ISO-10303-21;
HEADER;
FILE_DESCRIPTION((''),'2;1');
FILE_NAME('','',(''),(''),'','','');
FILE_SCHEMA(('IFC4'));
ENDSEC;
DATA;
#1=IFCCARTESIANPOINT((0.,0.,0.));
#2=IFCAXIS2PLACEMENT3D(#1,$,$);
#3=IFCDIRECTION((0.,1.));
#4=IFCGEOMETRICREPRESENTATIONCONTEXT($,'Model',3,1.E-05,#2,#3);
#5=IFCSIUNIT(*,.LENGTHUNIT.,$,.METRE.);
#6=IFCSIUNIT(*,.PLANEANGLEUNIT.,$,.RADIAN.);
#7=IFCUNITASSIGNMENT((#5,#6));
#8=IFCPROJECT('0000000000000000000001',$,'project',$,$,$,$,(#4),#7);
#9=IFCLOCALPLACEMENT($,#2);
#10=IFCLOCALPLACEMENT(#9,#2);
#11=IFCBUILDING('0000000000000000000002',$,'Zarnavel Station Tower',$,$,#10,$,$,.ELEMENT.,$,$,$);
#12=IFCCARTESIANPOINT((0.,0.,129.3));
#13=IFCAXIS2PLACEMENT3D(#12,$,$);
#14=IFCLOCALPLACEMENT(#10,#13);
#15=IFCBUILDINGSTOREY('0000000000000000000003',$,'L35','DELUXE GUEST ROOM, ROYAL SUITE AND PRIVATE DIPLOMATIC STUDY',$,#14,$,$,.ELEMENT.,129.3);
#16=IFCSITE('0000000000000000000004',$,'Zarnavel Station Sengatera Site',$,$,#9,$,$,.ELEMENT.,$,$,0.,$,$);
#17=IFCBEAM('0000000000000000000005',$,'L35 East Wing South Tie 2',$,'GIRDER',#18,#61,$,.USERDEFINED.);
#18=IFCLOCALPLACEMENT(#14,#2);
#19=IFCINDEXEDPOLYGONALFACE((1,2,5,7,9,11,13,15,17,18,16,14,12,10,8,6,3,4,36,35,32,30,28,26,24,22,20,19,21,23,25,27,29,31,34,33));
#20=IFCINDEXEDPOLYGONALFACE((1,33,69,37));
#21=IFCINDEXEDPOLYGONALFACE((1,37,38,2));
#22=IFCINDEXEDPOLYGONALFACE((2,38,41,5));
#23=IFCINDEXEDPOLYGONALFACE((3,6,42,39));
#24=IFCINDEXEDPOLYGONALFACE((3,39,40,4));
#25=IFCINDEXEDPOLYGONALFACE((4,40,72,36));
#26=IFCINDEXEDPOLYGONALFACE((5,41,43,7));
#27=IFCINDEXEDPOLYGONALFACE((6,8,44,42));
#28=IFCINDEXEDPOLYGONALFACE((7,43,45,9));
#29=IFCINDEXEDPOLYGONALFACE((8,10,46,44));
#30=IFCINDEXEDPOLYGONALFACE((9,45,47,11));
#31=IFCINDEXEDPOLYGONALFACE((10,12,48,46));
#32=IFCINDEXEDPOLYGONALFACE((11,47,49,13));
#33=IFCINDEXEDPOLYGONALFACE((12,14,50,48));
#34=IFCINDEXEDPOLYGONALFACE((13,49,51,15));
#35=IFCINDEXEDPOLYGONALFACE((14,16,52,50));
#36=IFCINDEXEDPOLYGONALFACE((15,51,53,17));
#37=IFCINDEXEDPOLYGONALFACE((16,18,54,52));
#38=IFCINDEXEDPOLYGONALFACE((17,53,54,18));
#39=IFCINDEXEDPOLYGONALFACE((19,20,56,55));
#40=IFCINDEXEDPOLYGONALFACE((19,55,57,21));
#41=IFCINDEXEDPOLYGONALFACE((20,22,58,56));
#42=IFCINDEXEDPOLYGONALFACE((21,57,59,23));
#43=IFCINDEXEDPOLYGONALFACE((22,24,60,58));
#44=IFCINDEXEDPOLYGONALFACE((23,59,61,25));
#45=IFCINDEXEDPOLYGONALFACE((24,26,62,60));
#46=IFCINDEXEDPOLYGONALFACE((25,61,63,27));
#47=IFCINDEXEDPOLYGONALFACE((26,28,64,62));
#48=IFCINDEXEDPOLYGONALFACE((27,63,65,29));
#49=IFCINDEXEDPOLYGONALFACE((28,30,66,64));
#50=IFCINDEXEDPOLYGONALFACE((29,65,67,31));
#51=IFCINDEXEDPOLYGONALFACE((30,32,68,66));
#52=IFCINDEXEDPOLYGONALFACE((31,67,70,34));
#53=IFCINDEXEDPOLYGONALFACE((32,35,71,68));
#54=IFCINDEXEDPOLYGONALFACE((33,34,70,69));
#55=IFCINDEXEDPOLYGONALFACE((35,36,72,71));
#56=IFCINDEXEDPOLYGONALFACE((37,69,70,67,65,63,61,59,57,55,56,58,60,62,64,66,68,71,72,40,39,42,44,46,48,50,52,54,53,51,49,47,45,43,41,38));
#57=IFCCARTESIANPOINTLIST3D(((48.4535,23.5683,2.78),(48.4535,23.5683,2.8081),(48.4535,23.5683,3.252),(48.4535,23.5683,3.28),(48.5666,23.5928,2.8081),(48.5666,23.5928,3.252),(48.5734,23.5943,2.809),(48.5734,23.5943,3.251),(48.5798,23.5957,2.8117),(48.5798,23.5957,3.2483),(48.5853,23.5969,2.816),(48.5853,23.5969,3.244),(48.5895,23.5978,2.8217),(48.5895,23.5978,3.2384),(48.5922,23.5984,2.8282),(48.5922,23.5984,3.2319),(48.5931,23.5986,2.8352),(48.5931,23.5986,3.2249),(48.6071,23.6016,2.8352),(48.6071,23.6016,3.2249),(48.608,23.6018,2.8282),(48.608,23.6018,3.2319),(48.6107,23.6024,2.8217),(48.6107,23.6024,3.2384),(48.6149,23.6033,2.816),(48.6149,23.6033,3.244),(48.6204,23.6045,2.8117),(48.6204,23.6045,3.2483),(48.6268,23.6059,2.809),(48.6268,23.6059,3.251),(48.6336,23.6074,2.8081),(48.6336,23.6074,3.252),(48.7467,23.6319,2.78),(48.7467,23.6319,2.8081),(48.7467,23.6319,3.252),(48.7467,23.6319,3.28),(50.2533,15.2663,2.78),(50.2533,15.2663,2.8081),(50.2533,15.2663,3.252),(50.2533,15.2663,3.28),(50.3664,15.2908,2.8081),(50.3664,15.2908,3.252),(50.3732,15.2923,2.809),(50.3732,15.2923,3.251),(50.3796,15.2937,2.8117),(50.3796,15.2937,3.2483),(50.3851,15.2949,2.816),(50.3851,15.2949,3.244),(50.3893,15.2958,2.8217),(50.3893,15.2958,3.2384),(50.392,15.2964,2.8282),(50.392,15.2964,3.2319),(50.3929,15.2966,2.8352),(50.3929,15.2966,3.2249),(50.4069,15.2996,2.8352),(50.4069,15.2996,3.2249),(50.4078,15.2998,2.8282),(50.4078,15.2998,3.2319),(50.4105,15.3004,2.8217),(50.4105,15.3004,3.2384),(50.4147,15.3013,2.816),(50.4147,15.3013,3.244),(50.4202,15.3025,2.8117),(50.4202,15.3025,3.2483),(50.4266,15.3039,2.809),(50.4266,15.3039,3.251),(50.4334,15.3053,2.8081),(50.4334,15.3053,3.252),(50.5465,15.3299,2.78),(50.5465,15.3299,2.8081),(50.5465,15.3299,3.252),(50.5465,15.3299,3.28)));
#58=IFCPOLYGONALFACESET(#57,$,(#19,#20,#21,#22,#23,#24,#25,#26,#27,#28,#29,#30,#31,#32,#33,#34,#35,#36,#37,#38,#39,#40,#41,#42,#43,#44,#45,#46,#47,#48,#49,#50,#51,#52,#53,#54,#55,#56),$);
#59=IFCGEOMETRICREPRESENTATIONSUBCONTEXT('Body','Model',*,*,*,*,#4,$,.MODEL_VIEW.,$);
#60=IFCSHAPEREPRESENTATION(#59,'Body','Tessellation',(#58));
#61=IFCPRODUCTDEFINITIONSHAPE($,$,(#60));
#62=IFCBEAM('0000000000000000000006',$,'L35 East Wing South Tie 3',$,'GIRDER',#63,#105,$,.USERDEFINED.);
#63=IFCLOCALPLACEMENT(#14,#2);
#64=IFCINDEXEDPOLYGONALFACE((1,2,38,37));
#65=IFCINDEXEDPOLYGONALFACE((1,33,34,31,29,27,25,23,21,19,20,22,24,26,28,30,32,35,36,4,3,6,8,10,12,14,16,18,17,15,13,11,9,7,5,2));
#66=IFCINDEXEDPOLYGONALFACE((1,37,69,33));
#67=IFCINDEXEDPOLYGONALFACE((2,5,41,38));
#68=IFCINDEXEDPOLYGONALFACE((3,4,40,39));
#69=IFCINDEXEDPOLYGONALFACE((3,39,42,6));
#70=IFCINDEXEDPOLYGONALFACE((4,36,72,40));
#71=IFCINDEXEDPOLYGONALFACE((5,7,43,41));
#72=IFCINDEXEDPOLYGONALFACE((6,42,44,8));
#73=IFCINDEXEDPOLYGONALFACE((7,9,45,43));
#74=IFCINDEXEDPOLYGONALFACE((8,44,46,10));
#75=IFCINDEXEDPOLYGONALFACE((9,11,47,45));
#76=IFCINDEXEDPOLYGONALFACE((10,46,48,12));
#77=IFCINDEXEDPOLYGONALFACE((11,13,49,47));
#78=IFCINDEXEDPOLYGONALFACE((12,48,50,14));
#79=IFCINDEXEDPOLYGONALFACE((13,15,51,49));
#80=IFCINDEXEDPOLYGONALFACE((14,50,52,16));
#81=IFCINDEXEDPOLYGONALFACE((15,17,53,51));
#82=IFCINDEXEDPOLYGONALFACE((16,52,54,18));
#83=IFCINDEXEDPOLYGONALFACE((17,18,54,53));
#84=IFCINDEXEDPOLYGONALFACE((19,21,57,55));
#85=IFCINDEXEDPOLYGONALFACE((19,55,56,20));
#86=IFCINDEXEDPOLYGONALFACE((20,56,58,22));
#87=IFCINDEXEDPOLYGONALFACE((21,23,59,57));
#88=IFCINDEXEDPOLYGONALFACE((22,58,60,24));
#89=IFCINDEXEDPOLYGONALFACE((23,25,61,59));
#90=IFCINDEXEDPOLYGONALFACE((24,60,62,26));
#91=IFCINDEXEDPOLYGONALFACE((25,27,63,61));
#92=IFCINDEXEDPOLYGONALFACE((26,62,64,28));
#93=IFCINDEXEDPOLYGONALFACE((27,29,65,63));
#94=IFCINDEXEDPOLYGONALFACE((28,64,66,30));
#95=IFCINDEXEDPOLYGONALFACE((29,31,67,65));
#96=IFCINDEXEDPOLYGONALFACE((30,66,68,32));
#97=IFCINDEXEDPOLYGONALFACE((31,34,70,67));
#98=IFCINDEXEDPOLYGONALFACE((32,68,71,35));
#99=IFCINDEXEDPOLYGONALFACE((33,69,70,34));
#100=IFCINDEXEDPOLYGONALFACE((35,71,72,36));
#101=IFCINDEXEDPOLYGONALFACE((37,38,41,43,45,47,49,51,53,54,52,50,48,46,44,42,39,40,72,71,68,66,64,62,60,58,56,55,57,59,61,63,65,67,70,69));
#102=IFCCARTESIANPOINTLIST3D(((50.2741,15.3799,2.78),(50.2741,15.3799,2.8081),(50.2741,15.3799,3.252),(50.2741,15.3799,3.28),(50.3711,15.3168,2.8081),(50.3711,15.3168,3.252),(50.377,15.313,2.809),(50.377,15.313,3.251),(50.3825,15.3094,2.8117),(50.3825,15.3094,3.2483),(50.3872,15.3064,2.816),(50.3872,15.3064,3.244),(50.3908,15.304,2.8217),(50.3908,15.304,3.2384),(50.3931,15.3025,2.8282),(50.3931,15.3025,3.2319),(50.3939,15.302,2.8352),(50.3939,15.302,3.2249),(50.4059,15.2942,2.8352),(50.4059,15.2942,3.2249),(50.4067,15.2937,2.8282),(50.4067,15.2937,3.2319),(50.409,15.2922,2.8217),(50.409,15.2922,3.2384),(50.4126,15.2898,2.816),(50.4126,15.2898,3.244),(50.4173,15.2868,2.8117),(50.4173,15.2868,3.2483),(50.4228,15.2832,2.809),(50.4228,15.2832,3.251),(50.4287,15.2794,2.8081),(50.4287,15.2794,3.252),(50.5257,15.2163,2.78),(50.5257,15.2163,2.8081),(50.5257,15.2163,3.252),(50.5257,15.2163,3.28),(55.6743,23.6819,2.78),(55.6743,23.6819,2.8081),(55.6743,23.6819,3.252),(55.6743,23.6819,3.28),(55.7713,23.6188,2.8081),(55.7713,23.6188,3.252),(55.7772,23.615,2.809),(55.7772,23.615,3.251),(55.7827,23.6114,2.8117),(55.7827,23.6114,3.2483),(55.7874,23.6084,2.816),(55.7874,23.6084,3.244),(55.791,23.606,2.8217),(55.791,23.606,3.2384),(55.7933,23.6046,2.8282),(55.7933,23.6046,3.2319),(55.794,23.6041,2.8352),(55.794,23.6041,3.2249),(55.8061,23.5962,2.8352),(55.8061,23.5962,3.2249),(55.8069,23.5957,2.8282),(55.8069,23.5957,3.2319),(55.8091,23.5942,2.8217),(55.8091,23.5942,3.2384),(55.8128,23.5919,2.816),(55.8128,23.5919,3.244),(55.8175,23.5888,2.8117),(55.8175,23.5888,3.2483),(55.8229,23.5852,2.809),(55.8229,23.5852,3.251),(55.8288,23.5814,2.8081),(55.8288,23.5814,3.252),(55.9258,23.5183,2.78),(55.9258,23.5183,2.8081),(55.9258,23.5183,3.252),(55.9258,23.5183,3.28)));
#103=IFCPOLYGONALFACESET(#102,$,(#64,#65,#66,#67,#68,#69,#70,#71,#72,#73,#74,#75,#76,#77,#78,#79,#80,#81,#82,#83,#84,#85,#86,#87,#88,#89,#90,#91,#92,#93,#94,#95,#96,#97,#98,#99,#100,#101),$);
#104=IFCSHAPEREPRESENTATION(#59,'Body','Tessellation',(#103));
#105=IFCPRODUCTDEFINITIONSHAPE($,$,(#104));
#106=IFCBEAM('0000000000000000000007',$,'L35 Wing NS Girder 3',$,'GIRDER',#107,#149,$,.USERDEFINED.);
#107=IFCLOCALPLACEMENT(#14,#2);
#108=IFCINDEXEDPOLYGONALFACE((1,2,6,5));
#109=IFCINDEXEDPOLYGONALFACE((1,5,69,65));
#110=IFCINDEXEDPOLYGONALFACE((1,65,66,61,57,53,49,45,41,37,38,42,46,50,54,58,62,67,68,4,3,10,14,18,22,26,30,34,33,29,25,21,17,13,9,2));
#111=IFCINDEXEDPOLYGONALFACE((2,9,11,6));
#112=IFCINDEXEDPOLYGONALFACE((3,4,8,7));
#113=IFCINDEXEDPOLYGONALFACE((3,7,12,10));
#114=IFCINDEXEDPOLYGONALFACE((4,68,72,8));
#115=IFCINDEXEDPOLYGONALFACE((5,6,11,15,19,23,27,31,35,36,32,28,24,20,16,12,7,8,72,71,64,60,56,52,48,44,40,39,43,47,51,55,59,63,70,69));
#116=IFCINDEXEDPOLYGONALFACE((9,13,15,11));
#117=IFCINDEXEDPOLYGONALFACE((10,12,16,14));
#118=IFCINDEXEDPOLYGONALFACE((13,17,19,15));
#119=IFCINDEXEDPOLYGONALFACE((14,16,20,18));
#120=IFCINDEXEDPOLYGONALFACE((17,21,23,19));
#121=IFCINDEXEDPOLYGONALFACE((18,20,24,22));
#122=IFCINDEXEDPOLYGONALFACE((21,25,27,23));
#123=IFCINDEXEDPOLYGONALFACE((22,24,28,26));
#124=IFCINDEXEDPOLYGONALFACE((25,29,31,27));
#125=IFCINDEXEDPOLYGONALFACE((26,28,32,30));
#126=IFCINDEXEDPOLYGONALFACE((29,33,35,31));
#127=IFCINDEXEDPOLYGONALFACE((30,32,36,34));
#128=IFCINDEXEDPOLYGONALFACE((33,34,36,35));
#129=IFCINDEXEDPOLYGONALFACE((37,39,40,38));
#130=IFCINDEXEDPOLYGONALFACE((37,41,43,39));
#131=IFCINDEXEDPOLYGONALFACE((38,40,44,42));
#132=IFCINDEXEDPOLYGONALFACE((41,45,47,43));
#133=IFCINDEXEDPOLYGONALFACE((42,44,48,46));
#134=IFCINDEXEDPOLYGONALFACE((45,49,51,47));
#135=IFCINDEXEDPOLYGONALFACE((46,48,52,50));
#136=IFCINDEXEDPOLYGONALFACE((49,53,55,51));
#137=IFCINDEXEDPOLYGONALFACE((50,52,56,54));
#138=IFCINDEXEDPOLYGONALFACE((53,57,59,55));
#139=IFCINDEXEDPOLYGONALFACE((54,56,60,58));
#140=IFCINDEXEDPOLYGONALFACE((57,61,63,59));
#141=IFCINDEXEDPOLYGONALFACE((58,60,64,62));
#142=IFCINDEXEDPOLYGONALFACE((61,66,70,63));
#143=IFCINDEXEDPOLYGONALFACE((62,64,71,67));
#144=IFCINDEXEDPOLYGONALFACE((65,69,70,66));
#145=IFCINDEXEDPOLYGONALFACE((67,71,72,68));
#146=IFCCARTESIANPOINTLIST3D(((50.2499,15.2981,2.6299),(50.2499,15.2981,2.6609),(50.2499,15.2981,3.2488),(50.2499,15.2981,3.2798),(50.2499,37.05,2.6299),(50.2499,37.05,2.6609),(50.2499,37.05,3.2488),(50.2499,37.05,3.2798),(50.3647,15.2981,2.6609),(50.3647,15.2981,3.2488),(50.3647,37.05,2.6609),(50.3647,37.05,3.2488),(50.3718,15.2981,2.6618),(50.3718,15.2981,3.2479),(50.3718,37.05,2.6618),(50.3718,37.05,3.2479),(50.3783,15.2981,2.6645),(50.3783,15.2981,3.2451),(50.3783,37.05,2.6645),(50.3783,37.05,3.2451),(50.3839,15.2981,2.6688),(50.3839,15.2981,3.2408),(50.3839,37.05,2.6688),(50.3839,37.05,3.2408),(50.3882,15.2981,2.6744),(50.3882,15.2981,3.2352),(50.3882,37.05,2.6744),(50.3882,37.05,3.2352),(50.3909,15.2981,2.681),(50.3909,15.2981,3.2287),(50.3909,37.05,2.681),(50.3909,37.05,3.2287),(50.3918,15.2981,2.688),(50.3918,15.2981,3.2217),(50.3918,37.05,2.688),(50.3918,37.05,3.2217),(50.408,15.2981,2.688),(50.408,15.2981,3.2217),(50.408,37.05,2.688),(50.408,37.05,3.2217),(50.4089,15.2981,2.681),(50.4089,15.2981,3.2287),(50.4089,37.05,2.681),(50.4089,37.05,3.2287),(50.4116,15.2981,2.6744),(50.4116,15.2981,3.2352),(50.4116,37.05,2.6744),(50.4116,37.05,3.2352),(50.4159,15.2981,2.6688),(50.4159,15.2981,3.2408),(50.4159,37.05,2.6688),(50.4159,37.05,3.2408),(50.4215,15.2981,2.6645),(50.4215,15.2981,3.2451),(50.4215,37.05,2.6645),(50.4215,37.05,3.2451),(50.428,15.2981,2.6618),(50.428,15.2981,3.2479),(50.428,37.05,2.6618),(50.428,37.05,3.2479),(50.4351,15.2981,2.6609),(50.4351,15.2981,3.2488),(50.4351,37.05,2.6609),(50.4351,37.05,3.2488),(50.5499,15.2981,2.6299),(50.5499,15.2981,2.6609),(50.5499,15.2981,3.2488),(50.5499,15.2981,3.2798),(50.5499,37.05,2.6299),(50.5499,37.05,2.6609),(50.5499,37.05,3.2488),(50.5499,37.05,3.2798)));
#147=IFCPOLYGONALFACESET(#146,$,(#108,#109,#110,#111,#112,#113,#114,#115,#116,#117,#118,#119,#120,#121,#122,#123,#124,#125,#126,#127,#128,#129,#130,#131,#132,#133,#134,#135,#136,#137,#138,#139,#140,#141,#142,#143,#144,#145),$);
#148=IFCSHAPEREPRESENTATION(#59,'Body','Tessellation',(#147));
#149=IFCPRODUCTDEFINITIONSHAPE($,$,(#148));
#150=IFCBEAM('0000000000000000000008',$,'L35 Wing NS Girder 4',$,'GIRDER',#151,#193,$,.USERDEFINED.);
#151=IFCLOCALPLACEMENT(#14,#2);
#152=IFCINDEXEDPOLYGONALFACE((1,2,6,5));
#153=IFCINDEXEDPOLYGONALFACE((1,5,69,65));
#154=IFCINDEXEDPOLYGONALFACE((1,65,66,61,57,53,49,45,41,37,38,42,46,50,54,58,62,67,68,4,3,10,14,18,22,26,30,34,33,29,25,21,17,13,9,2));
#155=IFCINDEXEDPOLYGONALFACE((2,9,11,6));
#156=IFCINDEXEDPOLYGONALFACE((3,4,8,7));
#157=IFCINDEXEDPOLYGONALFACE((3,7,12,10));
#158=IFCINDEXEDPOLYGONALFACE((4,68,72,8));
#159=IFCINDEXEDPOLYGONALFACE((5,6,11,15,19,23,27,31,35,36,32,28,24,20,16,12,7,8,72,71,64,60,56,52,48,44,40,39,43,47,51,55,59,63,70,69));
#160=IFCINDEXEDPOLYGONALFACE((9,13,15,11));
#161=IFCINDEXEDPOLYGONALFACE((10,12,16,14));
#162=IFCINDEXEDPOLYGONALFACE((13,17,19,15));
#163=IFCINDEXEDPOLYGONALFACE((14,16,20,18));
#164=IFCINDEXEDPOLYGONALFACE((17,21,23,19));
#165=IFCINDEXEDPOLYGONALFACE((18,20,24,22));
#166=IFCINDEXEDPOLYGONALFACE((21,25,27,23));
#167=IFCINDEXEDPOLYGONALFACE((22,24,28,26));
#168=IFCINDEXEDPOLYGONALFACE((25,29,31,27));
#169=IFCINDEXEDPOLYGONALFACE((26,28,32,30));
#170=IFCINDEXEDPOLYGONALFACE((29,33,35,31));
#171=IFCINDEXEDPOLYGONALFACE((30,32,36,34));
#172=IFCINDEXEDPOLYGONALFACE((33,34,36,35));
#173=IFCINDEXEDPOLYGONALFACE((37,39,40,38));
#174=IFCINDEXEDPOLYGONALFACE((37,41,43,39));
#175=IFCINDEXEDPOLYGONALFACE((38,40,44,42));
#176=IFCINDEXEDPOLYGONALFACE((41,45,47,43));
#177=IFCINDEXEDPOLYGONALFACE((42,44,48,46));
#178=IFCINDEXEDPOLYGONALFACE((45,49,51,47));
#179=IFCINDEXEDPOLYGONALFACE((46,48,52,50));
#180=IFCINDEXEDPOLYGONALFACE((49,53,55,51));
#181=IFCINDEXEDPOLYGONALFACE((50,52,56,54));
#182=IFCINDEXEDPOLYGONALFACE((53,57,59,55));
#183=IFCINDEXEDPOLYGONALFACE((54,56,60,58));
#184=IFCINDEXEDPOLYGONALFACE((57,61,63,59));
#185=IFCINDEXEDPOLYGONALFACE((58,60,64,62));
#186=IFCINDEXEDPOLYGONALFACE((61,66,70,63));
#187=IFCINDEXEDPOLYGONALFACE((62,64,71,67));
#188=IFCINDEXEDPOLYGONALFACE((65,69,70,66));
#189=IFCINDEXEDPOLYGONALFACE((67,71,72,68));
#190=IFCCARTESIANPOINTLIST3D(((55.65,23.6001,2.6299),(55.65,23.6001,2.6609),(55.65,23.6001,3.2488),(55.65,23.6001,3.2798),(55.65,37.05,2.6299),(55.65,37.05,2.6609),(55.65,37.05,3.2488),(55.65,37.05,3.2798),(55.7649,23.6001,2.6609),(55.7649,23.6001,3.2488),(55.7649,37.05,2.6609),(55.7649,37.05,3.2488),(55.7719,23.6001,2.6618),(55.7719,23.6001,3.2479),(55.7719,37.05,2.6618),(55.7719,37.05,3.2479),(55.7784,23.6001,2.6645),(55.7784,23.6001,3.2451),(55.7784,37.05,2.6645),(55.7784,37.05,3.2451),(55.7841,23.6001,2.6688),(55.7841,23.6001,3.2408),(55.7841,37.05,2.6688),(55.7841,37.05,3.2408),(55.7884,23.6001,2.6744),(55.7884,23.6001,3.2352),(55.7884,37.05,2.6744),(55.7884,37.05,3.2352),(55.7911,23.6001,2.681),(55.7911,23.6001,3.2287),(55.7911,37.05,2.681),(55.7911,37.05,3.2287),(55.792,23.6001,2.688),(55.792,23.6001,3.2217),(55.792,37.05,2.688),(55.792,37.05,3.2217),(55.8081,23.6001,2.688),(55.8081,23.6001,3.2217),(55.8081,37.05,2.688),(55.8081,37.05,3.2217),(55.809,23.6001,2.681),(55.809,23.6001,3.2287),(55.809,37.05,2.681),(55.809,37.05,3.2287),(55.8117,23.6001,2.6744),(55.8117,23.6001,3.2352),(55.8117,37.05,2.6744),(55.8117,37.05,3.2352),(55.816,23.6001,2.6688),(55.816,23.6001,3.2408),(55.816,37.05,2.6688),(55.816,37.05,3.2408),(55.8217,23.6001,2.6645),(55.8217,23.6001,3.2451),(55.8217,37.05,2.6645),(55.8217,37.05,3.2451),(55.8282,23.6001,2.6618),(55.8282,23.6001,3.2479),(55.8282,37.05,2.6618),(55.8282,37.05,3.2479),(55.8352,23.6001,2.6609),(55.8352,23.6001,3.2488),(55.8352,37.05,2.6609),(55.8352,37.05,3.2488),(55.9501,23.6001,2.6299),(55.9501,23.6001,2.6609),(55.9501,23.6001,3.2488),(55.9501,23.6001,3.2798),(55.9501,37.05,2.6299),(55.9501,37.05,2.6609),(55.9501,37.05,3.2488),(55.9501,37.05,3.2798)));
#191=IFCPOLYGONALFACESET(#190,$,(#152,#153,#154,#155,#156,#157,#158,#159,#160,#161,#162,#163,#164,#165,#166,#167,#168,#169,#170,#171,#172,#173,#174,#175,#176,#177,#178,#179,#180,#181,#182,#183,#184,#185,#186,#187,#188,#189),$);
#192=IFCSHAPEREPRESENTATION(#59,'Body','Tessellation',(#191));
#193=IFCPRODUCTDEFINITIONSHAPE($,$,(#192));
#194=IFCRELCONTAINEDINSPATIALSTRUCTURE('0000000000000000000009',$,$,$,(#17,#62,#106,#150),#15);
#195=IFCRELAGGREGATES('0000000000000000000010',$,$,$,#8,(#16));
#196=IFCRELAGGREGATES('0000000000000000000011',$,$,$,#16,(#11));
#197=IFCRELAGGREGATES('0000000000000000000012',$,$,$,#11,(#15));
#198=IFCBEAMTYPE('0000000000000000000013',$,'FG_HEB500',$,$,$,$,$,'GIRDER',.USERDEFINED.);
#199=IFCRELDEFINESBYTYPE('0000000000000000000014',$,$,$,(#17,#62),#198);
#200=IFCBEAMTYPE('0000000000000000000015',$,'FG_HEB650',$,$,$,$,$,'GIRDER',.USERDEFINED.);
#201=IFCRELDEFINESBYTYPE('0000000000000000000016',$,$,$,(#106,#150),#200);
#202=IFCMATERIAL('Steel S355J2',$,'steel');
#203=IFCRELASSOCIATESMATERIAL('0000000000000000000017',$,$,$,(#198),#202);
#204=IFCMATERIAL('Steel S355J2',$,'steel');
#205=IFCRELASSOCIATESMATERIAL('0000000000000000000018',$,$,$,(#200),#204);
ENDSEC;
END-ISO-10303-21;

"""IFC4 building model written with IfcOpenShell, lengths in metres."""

from ifc_helpers import new_model, si_unit, direction, frame, origin, origin_2d, place, context, subcontext, project, spatial, i_section, extrude, material, material_profile, profile_set, type_object, element, save


model = new_model("IFC4")

# Units and contexts
model_context = context("Model", 3, precision=1e-05, world=origin(), true_north=direction((0.0, 1.0)))
body_context = subcontext(model_context, "Body", "Model", "MODEL_VIEW")
ifc_project = project(units=[si_unit("LENGTHUNIT", "METRE"), si_unit("PLANEANGLEUNIT", "RADIAN")], contexts=[model_context])

# Site, building, storey
site_placement = place(None, origin())
site = spatial("IfcSite", under=ifc_project, at=site_placement, Name="Zarnavel Station Sengatera Site", CompositionType="ELEMENT", RefElevation=0.0)
building_placement = place(site_placement, origin())
building = spatial("IfcBuilding", under=site, at=building_placement, Name="Zarnavel Station Tower", CompositionType="ELEMENT")
storey_placement = place(building_placement, frame((0.0, 0.0, 129.3)))
storey = spatial("IfcBuildingStorey", under=building, at=storey_placement, Name="L35", Description="DELUXE GUEST ROOM, ROYAL SUITE AND PRIVATE DIPLOMATIC STUDY", CompositionType="ELEMENT", Elevation=129.3)

# Beams
ifc_material_1 = material(Name="Steel S355J2", Category="steel")
ifc_material_profile_1 = material_profile(ifc_material_1, i_section(OverallWidth=0.3, OverallDepth=0.5, WebThickness=0.0144, FlangeThickness=0.0281, FilletRadius=0.0271, at=origin_2d()), Name="HEB500")
ifc_profile_set_1 = profile_set([ifc_material_profile_1], Name="Steel S355J2")
beam_type_1 = type_object("IfcBeamType", Name="FG_HEB500", ElementType="GIRDER", PredefinedType="USERDEFINED", material=ifc_profile_set_1)
beam_1_placement = place(storey_placement, frame((48.6001, 23.6001, 3.03), z_axis=(0.21187, -0.977298, 0.0), x_axis=(0.977298, 0.21187, 0.0)))
element("IfcBeam", 1, at=beam_1_placement, inside=storey, type_object=beam_type_1, Name="L35 East Wing South Tie 2", ObjectType="GIRDER", PredefinedType="USERDEFINED", context=body_context, shape_type="SweptSolid", body=[
    extrude(i_section(OverallWidth=0.3, OverallDepth=0.5, WebThickness=0.0144, FlangeThickness=0.0281, FilletRadius=0.0271, at=origin_2d()), origin(), (0.0, 0.0, 1.0), 8.4949),
])
beam_2_placement = place(storey_placement, frame((50.3999, 15.2981, 3.03), z_axis=(0.545261, 0.838266, 0.0), x_axis=(-0.838266, 0.545261, 0.0)))
element("IfcBeam", 2, at=beam_2_placement, inside=storey, type_object=beam_type_1, Name="L35 East Wing South Tie 3", ObjectType="GIRDER", PredefinedType="USERDEFINED", context=body_context, shape_type="SweptSolid", body=[
    extrude(i_section(OverallWidth=0.3, OverallDepth=0.5, WebThickness=0.0144, FlangeThickness=0.0281, FilletRadius=0.0271, at=origin_2d()), origin(), (0.0, 0.0, 1.0), 9.9038),
])
ifc_material_2 = material(Name="Steel S355J2", Category="steel")
ifc_material_profile_2 = material_profile(ifc_material_2, i_section(OverallWidth=0.3, OverallDepth=0.6499, WebThickness=0.0161, FlangeThickness=0.031, FilletRadius=0.0271, at=origin_2d()), Name="HEB650")
ifc_profile_set_2 = profile_set([ifc_material_profile_2], Name="Steel S355J2")
beam_type_2 = type_object("IfcBeamType", Name="FG_HEB650", ElementType="GIRDER", PredefinedType="USERDEFINED", material=ifc_profile_set_2)
beam_3_placement = place(storey_placement, frame((50.3999, 15.2981, 2.9548), z_axis=(0.0, 1.0, 0.0), x_axis=(-1.0, 0.0, 0.0)))
element("IfcBeam", 3, at=beam_3_placement, inside=storey, type_object=beam_type_2, Name="L35 Wing NS Girder 3", ObjectType="GIRDER", PredefinedType="USERDEFINED", context=body_context, shape_type="SweptSolid", body=[
    extrude(i_section(OverallWidth=0.3, OverallDepth=0.6499, WebThickness=0.0161, FlangeThickness=0.031, FilletRadius=0.0271, at=origin_2d()), origin(), (0.0, 0.0, 1.0), 21.752),
])
beam_4_placement = place(storey_placement, frame((55.8, 23.6001, 2.9548), z_axis=(0.0, 1.0, 0.0), x_axis=(-1.0, 0.0, 0.0)))
element("IfcBeam", 4, at=beam_4_placement, inside=storey, type_object=beam_type_2, Name="L35 Wing NS Girder 4", ObjectType="GIRDER", PredefinedType="USERDEFINED", context=body_context, shape_type="SweptSolid", body=[
    extrude(i_section(OverallWidth=0.3, OverallDepth=0.6499, WebThickness=0.0161, FlangeThickness=0.031, FilletRadius=0.0271, at=origin_2d()), origin(), (0.0, 0.0, 1.0), 13.45),
])

save(model, "model.ifc")
